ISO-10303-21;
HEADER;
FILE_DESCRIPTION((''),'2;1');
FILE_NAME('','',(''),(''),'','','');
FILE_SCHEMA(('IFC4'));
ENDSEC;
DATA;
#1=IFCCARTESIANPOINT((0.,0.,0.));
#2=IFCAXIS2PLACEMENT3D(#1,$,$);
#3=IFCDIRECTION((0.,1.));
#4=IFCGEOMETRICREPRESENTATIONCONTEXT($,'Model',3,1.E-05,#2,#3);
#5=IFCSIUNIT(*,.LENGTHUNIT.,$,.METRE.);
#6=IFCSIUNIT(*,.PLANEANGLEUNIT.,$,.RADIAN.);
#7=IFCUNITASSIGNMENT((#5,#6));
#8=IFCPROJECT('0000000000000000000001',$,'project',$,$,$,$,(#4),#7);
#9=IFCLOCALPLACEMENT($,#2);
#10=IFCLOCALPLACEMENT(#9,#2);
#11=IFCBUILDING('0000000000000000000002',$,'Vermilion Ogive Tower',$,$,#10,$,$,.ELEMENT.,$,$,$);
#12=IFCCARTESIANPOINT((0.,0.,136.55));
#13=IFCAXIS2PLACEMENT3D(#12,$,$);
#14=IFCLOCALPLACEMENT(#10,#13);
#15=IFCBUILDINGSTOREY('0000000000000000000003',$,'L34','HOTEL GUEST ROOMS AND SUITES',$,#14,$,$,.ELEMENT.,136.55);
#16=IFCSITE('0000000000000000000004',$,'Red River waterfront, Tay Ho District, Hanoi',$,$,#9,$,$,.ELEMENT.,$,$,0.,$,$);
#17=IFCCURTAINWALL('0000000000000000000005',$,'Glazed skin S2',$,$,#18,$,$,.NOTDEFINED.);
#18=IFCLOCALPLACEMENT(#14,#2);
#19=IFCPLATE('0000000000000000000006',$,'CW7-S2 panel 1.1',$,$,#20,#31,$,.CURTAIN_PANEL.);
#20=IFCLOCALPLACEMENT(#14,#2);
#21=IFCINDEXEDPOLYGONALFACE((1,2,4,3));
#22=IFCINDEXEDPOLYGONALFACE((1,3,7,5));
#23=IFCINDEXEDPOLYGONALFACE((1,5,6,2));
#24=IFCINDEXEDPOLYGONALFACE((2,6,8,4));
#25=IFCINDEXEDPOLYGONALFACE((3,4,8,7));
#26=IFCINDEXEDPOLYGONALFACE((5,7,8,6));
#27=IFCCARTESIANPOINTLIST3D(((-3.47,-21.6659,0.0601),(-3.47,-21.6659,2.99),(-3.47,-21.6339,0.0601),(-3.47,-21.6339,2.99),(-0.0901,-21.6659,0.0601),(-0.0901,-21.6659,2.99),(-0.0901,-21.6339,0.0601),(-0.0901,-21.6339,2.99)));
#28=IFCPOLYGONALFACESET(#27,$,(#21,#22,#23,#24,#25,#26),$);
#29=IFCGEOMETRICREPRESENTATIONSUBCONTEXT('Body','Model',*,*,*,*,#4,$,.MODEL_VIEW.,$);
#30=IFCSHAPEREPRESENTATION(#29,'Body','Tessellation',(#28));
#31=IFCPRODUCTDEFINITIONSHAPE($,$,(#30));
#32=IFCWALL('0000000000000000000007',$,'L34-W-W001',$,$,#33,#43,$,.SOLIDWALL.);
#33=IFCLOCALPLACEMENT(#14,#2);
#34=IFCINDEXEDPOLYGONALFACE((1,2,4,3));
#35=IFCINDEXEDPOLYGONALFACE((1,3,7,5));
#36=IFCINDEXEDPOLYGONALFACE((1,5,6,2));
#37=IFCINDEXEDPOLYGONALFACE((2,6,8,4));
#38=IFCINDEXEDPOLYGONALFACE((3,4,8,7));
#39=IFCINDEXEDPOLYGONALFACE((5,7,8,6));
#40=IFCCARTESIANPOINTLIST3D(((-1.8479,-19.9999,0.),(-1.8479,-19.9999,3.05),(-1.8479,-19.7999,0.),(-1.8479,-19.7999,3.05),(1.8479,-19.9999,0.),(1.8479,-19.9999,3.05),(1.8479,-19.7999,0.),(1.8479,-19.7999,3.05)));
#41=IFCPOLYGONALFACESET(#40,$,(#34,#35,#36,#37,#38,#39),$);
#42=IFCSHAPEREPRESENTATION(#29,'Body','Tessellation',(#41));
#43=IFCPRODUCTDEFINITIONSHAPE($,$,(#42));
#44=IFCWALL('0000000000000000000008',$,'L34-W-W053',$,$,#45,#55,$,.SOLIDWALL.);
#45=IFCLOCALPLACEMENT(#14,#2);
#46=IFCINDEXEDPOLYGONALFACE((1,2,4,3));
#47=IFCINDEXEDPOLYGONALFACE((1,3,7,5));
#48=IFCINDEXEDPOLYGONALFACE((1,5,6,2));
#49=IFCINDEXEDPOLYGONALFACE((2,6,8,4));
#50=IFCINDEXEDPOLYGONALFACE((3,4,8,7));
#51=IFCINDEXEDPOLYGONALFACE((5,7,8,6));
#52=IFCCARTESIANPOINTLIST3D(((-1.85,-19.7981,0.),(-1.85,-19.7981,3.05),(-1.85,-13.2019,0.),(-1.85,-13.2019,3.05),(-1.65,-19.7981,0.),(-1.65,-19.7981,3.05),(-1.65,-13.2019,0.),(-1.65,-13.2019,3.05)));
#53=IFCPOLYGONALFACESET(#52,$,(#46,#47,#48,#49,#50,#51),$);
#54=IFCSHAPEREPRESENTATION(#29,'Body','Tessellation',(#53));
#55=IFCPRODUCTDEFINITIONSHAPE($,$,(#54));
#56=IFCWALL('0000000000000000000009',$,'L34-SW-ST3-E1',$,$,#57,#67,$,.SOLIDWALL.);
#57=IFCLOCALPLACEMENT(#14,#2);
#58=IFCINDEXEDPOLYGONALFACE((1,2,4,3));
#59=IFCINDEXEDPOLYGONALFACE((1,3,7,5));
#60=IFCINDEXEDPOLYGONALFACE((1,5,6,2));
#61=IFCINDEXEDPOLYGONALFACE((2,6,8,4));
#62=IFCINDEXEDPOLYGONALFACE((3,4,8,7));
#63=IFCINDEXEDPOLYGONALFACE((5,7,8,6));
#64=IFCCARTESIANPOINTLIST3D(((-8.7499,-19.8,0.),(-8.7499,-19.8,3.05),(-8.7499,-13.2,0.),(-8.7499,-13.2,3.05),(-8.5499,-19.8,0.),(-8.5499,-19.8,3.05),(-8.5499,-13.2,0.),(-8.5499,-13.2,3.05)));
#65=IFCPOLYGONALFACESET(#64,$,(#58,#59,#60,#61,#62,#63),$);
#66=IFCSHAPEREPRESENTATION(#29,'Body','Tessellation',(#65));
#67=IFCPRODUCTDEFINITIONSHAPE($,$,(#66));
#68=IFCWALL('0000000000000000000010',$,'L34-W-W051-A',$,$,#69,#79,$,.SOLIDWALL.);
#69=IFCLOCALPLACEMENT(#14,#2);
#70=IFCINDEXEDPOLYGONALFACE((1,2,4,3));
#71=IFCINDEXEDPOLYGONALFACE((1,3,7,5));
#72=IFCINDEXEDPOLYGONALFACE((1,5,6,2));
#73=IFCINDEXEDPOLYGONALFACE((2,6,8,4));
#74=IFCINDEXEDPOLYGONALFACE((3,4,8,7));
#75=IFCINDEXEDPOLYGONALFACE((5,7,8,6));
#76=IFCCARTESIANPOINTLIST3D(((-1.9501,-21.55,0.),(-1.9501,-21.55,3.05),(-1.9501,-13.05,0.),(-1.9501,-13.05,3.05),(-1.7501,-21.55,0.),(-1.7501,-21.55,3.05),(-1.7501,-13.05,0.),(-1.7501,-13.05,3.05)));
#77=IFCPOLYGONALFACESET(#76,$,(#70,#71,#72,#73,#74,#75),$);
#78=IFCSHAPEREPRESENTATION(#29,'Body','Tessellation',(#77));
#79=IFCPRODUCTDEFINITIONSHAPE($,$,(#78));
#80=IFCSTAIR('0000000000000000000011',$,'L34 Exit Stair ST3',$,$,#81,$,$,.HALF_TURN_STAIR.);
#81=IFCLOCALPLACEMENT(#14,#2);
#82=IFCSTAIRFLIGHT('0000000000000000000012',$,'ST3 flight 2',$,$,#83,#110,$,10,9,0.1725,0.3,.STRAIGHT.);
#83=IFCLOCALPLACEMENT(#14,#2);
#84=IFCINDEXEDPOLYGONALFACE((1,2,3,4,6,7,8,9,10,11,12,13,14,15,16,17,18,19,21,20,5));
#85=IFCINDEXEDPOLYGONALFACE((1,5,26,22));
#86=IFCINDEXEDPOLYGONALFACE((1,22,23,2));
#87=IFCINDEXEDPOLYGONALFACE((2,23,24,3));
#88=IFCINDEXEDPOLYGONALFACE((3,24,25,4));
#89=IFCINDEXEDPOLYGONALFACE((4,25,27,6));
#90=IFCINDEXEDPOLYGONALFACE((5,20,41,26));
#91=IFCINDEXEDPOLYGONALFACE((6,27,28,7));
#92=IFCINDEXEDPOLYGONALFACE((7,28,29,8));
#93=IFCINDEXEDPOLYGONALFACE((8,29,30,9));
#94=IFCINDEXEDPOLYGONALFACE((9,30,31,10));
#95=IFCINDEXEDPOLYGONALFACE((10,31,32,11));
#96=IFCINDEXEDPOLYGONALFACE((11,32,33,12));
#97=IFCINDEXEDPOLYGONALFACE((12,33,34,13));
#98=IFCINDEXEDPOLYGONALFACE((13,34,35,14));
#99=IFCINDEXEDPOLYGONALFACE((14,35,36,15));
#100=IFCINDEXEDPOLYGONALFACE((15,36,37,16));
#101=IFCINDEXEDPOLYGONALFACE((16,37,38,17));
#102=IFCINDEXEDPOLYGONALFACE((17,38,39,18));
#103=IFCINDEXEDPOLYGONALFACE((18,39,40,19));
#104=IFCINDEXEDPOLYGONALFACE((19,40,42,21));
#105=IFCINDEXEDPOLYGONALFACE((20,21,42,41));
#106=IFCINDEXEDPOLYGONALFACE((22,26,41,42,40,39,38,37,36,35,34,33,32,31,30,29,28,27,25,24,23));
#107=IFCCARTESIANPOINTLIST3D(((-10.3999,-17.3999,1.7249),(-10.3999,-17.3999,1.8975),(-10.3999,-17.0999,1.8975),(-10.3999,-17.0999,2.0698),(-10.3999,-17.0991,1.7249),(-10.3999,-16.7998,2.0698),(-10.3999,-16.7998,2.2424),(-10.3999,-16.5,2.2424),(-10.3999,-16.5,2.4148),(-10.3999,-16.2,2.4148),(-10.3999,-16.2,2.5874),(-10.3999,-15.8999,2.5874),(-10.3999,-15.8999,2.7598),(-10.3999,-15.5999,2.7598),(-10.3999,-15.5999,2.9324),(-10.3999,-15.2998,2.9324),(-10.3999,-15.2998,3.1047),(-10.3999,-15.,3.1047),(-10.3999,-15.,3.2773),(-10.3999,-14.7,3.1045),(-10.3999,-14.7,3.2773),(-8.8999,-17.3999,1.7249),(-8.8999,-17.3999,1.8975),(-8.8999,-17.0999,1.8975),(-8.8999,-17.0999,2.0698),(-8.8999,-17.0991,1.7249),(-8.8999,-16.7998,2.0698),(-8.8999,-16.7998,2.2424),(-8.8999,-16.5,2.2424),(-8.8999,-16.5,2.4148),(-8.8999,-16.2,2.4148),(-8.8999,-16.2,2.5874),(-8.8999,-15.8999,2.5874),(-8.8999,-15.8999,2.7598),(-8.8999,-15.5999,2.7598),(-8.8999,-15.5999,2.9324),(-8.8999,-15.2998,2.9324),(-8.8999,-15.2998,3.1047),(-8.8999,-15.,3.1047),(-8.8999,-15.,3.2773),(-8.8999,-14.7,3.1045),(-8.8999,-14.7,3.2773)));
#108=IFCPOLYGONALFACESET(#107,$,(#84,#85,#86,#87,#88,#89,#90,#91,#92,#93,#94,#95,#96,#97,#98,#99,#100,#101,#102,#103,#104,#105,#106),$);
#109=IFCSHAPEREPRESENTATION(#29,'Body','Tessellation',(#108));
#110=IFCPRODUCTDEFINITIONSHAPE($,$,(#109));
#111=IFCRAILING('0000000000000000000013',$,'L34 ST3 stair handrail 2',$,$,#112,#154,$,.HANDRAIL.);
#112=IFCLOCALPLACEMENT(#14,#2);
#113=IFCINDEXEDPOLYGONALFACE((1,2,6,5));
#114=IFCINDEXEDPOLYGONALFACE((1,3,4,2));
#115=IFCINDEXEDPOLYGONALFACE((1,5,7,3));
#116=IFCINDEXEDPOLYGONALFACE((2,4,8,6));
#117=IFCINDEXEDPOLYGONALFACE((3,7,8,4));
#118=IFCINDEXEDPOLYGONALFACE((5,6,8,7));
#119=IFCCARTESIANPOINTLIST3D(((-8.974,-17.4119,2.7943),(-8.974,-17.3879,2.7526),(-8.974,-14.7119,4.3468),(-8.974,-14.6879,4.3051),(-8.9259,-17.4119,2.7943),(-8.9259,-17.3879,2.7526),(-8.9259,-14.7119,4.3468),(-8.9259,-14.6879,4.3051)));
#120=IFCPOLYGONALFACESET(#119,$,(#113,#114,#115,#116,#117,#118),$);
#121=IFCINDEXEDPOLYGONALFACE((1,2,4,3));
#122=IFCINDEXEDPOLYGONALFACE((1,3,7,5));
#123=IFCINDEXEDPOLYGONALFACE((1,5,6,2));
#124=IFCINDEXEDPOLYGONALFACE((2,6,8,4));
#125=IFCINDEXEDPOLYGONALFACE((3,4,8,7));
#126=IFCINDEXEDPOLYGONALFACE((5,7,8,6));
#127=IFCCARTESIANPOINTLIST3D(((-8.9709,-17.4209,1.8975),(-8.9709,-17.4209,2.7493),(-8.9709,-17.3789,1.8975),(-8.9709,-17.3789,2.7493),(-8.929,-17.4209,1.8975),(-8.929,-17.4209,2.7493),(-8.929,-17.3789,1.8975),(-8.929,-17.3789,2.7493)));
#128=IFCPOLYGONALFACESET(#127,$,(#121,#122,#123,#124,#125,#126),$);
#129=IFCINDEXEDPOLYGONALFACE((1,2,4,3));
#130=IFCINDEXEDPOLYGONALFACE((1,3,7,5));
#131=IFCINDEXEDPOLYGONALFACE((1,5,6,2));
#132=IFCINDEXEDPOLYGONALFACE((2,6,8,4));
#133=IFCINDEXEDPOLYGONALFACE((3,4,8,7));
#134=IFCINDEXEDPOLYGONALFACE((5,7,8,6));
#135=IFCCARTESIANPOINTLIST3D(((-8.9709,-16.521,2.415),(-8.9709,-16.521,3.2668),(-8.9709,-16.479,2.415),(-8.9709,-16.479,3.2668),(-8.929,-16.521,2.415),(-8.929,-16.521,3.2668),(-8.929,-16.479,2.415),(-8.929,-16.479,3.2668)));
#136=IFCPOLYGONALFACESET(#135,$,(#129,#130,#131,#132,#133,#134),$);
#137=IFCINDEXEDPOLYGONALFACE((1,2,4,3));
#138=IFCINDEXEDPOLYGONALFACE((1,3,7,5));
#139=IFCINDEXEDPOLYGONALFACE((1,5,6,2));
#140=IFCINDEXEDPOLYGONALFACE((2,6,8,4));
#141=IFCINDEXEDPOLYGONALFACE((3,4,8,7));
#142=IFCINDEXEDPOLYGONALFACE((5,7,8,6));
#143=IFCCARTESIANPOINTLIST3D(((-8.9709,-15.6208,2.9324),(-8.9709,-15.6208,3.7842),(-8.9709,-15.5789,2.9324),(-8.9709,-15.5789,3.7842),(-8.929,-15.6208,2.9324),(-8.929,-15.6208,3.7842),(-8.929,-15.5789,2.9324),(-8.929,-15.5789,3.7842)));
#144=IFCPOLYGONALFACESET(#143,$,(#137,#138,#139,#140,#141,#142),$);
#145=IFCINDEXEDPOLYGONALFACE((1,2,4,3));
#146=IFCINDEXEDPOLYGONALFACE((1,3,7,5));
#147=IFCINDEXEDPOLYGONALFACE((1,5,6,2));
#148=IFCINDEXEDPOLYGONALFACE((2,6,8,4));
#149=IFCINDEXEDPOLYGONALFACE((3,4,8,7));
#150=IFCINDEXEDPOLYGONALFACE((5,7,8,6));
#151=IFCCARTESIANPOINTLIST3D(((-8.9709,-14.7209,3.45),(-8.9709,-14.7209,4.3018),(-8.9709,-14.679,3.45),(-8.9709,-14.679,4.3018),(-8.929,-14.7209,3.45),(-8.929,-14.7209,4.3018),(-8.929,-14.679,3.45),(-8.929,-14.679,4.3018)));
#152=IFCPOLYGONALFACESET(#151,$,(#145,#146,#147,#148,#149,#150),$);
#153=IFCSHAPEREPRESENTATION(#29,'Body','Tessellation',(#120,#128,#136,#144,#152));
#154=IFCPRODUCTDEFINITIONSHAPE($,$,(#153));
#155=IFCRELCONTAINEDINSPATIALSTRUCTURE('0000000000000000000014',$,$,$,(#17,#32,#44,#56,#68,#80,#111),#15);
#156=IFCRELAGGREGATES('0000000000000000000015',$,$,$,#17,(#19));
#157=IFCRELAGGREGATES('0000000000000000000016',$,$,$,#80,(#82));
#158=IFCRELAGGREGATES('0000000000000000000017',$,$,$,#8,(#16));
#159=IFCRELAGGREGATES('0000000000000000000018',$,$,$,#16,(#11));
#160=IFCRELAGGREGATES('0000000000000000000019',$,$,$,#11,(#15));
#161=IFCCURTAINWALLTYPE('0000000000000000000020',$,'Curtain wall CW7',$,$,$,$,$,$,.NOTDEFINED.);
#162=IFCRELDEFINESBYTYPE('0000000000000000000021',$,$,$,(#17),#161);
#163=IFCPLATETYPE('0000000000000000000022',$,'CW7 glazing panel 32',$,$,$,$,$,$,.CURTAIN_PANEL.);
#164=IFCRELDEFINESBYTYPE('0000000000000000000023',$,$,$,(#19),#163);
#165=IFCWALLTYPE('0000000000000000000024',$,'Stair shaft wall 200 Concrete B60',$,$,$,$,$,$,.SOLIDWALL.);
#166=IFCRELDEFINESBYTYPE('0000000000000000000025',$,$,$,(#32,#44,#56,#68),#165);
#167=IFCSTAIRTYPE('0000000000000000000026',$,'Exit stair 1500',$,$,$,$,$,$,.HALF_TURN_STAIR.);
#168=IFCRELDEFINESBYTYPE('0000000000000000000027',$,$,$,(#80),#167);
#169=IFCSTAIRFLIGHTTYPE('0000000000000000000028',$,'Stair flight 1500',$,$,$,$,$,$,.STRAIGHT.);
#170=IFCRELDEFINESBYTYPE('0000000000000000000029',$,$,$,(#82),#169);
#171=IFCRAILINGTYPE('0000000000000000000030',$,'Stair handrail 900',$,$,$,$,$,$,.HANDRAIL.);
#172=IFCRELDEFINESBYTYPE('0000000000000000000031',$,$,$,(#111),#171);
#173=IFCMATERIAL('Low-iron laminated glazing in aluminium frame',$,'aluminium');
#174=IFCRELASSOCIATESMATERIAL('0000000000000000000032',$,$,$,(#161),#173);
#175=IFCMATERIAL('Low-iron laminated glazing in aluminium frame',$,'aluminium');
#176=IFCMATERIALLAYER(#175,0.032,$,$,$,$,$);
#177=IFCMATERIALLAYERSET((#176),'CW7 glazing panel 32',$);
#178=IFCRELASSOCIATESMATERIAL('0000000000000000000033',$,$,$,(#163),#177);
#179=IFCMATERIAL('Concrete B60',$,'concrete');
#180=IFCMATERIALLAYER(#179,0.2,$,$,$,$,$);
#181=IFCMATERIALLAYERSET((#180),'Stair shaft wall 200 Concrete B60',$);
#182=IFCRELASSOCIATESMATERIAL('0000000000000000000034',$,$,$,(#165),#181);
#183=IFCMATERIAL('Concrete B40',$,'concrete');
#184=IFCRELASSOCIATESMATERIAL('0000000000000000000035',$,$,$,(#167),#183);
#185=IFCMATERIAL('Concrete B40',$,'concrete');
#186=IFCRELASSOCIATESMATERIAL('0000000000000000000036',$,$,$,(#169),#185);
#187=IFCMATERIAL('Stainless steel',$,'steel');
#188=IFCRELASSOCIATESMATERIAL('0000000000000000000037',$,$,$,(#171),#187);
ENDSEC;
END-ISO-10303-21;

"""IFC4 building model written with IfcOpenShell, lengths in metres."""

from ifc_helpers import new_model, si_unit, direction, frame, frame_2d, origin, origin_2d, place, context, subcontext, project, spatial, polyline, rectangle, outline, extrude, material, layer, layer_set, type_object, element, aggregate, save


model = new_model("IFC4")

# Units and contexts
model_context = context("Model", 3, precision=1e-05, world=origin(), true_north=direction((0.0, 1.0)))
body_context = subcontext(model_context, "Body", "Model", "MODEL_VIEW")
ifc_project = project(units=[si_unit("LENGTHUNIT", "METRE"), si_unit("PLANEANGLEUNIT", "RADIAN")], contexts=[model_context])

# Site, building, storey
site_placement = place(None, origin())
site = spatial("IfcSite", under=ifc_project, at=site_placement, Name="Red River waterfront, Tay Ho District, Hanoi", CompositionType="ELEMENT", RefElevation=0.0)
building_placement = place(site_placement, origin())
building = spatial("IfcBuilding", under=site, at=building_placement, Name="Vermilion Ogive Tower", CompositionType="ELEMENT")
storey_placement = place(building_placement, frame((0.0, 0.0, 136.55)))
storey = spatial("IfcBuildingStorey", under=building, at=storey_placement, Name="L34", Description="HOTEL GUEST ROOMS AND SUITES", CompositionType="ELEMENT", Elevation=136.55)

# Curtain wall
ifc_material_1 = material(Name="Low-iron laminated glazing in aluminium frame", Category="aluminium")
curtain_wall_type = type_object("IfcCurtainWallType", Name="Curtain wall CW7", PredefinedType="NOTDEFINED", material=ifc_material_1)
curtain_wall_1_placement = place(storey_placement, origin())
curtain_wall_1 = element("IfcCurtainWall", 1, at=curtain_wall_1_placement, inside=storey, type_object=curtain_wall_type, Name="Glazed skin S2", PredefinedType="NOTDEFINED")

# Plate
ifc_material_2 = material(Name="Low-iron laminated glazing in aluminium frame", Category="aluminium")
ifc_layer_1 = layer(ifc_material_2, 0.032)
ifc_layer_set_1 = layer_set([ifc_layer_1], Name="CW7 glazing panel 32")
plate_type = type_object("IfcPlateType", Name="CW7 glazing panel 32", PredefinedType="CURTAIN_PANEL", material=ifc_layer_set_1)
plate_1_placement = place(storey_placement, frame((-1.78, -21.6499, 0.0601), z_axis=(0.0, 0.0, 1.0), x_axis=(1.0, 0.0, 0.0)))
plate_1 = element("IfcPlate", 2, at=plate_1_placement, type_object=plate_type, Name="CW7-S2 panel 1.1", PredefinedType="CURTAIN_PANEL", context=body_context, shape_type="SweptSolid", body=[
    extrude(rectangle(XDim=3.3799, YDim=0.032, at=origin_2d()), origin(), (0.0, 0.0, 1.0), 2.9299),
])
aggregate(curtain_wall_1, [plate_1])

# Walls
ifc_material_3 = material(Name="Concrete B60", Category="concrete")
ifc_layer_2 = layer(ifc_material_3, 0.2)
ifc_layer_set_2 = layer_set([ifc_layer_2], Name="Stair shaft wall 200 Concrete B60")
wall_type = type_object("IfcWallType", Name="Stair shaft wall 200 Concrete B60", PredefinedType="SOLIDWALL", material=ifc_layer_set_2)
wall_1_placement = place(storey_placement, frame((-1.8479, -19.8999, 0.0), z_axis=(0.0, 0.0, 1.0), x_axis=(1.0, 0.0, 0.0)))
element("IfcWall", 3, at=wall_1_placement, inside=storey, type_object=wall_type, Name="L34-W-W001", PredefinedType="SOLIDWALL", context=body_context, shape_type="SweptSolid", body=[
    extrude(rectangle(XDim=3.6958, YDim=0.2, at=frame_2d((1.8479, 0.0))), origin(), (0.0, 0.0, 1.0), 3.05),
])
wall_2_placement = place(storey_placement, frame((-1.75, -19.7981, 0.0), z_axis=(0.0, 0.0, 1.0), x_axis=(0.0, 1.0, 0.0)))
element("IfcWall", 4, at=wall_2_placement, inside=storey, type_object=wall_type, Name="L34-W-W053", PredefinedType="SOLIDWALL", context=body_context, shape_type="SweptSolid", body=[
    extrude(rectangle(XDim=6.5962, YDim=0.2, at=frame_2d((3.2981, 0.0))), origin(), (0.0, 0.0, 1.0), 3.05),
])
wall_3_placement = place(storey_placement, frame((-8.6499, -19.8, 0.0), z_axis=(0.0, 0.0, 1.0), x_axis=(0.0, 1.0, 0.0)))
element("IfcWall", 5, at=wall_3_placement, inside=storey, type_object=wall_type, Name="L34-SW-ST3-E1", PredefinedType="SOLIDWALL", context=body_context, shape_type="SweptSolid", body=[
    extrude(rectangle(XDim=6.6001, YDim=0.2, at=frame_2d((3.3, 0.0))), origin(), (0.0, 0.0, 1.0), 3.05),
])
wall_4_placement = place(storey_placement, frame((-1.8501, -21.55, 0.0), z_axis=(0.0, 0.0, 1.0), x_axis=(0.0, 1.0, 0.0)))
element("IfcWall", 6, at=wall_4_placement, inside=storey, type_object=wall_type, Name="L34-W-W051-A", PredefinedType="SOLIDWALL", context=body_context, shape_type="SweptSolid", body=[
    extrude(rectangle(XDim=8.5, YDim=0.2, at=frame_2d((4.25, 0.0))), origin(), (0.0, 0.0, 1.0), 3.05),
])

# Stair, stair flight
ifc_material_4 = material(Name="Concrete B40", Category="concrete")
stair_type = type_object("IfcStairType", Name="Exit stair 1500", PredefinedType="HALF_TURN_STAIR", material=ifc_material_4)
stair_placement = place(storey_placement, origin())
stair = element("IfcStair", 7, at=stair_placement, inside=storey, type_object=stair_type, Name="L34 Exit Stair ST3", PredefinedType="HALF_TURN_STAIR")
ifc_material_5 = material(Name="Concrete B40", Category="concrete")
stair_flight_type = type_object("IfcStairFlightType", Name="Stair flight 1500", PredefinedType="STRAIGHT", material=ifc_material_5)
stair_flight_placement = place(storey_placement, frame((-9.6499, -17.3999, 1.7249), z_axis=(0.0, 0.0, 1.0), x_axis=(0.0, 1.0, 0.0)))
stair_flight = element("IfcStairFlight", 8, at=stair_flight_placement, type_object=stair_flight_type, Name="ST3 flight 2", NumberOfRisers=10, NumberOfTreads=9, PredefinedType="STRAIGHT", RiserHeight=0.1725, TreadLength=0.3, context=body_context, shape_type="SweptSolid", body=[
    extrude(outline(polyline([(0.0, 0.0), (0.0, 0.1726), (0.3, 0.1726), (0.3, 0.345), (0.6001, 0.345), (0.6001, 0.5176), (0.8999, 0.5176), (0.8999, 0.6899), (1.2, 0.6899), (1.2, 0.8625), (1.5, 0.8625), (1.5, 1.0349), (1.8, 1.0349), (1.8, 1.2075), (2.1001, 1.2075), (2.1001, 1.3799), (2.3999, 1.3799), (2.3999, 1.5525), (2.7, 1.5525), (2.7, 1.7251), (2.7, 1.3796), (0.3008, 0.0), (0.0, 0.0)])), frame((0.0, 0.75, 0.0), z_axis=(0.0, -1.0, 0.0), x_axis=(1.0, 0.0, 0.0)), (0.0, 0.0, 1.0), 1.5),
])
aggregate(stair, [stair_flight])

# Railing
ifc_material_6 = material(Name="Stainless steel", Category="steel")
railing_type = type_object("IfcRailingType", Name="Stair handrail 900", PredefinedType="HANDRAIL", material=ifc_material_6)
railing_placement = place(storey_placement, frame((-8.95, -17.3999, 1.8975)))
element("IfcRailing", 9, at=railing_placement, inside=storey, type_object=railing_type, Name="L34 ST3 stair handrail 2", PredefinedType="HANDRAIL", context=body_context, shape_type="SweptSolid", body=[
    extrude(rectangle(XDim=0.0481, YDim=0.0481, at=origin_2d()), frame((0.0, 0.0, 0.876), z_axis=(0.0, 0.866904, 0.498476), x_axis=(-1.0, 0.0, 0.0)), (0.0, 0.0, 1.0), 3.1145),
    extrude(rectangle(XDim=0.042, YDim=0.042, at=origin_2d()), origin(), (0.0, 0.0, 1.0), 0.8518),
    extrude(rectangle(XDim=0.042, YDim=0.042, at=origin_2d()), frame((0.0, 0.8999, 0.5176)), (0.0, 0.0, 1.0), 0.8518),
    extrude(rectangle(XDim=0.042, YDim=0.042, at=origin_2d()), frame((0.0, 1.8, 1.0349)), (0.0, 0.0, 1.0), 0.8518),
    extrude(rectangle(XDim=0.042, YDim=0.042, at=origin_2d()), frame((0.0, 2.7, 1.5525)), (0.0, 0.0, 1.0), 0.8518),
])

save(model, "model.ifc")
